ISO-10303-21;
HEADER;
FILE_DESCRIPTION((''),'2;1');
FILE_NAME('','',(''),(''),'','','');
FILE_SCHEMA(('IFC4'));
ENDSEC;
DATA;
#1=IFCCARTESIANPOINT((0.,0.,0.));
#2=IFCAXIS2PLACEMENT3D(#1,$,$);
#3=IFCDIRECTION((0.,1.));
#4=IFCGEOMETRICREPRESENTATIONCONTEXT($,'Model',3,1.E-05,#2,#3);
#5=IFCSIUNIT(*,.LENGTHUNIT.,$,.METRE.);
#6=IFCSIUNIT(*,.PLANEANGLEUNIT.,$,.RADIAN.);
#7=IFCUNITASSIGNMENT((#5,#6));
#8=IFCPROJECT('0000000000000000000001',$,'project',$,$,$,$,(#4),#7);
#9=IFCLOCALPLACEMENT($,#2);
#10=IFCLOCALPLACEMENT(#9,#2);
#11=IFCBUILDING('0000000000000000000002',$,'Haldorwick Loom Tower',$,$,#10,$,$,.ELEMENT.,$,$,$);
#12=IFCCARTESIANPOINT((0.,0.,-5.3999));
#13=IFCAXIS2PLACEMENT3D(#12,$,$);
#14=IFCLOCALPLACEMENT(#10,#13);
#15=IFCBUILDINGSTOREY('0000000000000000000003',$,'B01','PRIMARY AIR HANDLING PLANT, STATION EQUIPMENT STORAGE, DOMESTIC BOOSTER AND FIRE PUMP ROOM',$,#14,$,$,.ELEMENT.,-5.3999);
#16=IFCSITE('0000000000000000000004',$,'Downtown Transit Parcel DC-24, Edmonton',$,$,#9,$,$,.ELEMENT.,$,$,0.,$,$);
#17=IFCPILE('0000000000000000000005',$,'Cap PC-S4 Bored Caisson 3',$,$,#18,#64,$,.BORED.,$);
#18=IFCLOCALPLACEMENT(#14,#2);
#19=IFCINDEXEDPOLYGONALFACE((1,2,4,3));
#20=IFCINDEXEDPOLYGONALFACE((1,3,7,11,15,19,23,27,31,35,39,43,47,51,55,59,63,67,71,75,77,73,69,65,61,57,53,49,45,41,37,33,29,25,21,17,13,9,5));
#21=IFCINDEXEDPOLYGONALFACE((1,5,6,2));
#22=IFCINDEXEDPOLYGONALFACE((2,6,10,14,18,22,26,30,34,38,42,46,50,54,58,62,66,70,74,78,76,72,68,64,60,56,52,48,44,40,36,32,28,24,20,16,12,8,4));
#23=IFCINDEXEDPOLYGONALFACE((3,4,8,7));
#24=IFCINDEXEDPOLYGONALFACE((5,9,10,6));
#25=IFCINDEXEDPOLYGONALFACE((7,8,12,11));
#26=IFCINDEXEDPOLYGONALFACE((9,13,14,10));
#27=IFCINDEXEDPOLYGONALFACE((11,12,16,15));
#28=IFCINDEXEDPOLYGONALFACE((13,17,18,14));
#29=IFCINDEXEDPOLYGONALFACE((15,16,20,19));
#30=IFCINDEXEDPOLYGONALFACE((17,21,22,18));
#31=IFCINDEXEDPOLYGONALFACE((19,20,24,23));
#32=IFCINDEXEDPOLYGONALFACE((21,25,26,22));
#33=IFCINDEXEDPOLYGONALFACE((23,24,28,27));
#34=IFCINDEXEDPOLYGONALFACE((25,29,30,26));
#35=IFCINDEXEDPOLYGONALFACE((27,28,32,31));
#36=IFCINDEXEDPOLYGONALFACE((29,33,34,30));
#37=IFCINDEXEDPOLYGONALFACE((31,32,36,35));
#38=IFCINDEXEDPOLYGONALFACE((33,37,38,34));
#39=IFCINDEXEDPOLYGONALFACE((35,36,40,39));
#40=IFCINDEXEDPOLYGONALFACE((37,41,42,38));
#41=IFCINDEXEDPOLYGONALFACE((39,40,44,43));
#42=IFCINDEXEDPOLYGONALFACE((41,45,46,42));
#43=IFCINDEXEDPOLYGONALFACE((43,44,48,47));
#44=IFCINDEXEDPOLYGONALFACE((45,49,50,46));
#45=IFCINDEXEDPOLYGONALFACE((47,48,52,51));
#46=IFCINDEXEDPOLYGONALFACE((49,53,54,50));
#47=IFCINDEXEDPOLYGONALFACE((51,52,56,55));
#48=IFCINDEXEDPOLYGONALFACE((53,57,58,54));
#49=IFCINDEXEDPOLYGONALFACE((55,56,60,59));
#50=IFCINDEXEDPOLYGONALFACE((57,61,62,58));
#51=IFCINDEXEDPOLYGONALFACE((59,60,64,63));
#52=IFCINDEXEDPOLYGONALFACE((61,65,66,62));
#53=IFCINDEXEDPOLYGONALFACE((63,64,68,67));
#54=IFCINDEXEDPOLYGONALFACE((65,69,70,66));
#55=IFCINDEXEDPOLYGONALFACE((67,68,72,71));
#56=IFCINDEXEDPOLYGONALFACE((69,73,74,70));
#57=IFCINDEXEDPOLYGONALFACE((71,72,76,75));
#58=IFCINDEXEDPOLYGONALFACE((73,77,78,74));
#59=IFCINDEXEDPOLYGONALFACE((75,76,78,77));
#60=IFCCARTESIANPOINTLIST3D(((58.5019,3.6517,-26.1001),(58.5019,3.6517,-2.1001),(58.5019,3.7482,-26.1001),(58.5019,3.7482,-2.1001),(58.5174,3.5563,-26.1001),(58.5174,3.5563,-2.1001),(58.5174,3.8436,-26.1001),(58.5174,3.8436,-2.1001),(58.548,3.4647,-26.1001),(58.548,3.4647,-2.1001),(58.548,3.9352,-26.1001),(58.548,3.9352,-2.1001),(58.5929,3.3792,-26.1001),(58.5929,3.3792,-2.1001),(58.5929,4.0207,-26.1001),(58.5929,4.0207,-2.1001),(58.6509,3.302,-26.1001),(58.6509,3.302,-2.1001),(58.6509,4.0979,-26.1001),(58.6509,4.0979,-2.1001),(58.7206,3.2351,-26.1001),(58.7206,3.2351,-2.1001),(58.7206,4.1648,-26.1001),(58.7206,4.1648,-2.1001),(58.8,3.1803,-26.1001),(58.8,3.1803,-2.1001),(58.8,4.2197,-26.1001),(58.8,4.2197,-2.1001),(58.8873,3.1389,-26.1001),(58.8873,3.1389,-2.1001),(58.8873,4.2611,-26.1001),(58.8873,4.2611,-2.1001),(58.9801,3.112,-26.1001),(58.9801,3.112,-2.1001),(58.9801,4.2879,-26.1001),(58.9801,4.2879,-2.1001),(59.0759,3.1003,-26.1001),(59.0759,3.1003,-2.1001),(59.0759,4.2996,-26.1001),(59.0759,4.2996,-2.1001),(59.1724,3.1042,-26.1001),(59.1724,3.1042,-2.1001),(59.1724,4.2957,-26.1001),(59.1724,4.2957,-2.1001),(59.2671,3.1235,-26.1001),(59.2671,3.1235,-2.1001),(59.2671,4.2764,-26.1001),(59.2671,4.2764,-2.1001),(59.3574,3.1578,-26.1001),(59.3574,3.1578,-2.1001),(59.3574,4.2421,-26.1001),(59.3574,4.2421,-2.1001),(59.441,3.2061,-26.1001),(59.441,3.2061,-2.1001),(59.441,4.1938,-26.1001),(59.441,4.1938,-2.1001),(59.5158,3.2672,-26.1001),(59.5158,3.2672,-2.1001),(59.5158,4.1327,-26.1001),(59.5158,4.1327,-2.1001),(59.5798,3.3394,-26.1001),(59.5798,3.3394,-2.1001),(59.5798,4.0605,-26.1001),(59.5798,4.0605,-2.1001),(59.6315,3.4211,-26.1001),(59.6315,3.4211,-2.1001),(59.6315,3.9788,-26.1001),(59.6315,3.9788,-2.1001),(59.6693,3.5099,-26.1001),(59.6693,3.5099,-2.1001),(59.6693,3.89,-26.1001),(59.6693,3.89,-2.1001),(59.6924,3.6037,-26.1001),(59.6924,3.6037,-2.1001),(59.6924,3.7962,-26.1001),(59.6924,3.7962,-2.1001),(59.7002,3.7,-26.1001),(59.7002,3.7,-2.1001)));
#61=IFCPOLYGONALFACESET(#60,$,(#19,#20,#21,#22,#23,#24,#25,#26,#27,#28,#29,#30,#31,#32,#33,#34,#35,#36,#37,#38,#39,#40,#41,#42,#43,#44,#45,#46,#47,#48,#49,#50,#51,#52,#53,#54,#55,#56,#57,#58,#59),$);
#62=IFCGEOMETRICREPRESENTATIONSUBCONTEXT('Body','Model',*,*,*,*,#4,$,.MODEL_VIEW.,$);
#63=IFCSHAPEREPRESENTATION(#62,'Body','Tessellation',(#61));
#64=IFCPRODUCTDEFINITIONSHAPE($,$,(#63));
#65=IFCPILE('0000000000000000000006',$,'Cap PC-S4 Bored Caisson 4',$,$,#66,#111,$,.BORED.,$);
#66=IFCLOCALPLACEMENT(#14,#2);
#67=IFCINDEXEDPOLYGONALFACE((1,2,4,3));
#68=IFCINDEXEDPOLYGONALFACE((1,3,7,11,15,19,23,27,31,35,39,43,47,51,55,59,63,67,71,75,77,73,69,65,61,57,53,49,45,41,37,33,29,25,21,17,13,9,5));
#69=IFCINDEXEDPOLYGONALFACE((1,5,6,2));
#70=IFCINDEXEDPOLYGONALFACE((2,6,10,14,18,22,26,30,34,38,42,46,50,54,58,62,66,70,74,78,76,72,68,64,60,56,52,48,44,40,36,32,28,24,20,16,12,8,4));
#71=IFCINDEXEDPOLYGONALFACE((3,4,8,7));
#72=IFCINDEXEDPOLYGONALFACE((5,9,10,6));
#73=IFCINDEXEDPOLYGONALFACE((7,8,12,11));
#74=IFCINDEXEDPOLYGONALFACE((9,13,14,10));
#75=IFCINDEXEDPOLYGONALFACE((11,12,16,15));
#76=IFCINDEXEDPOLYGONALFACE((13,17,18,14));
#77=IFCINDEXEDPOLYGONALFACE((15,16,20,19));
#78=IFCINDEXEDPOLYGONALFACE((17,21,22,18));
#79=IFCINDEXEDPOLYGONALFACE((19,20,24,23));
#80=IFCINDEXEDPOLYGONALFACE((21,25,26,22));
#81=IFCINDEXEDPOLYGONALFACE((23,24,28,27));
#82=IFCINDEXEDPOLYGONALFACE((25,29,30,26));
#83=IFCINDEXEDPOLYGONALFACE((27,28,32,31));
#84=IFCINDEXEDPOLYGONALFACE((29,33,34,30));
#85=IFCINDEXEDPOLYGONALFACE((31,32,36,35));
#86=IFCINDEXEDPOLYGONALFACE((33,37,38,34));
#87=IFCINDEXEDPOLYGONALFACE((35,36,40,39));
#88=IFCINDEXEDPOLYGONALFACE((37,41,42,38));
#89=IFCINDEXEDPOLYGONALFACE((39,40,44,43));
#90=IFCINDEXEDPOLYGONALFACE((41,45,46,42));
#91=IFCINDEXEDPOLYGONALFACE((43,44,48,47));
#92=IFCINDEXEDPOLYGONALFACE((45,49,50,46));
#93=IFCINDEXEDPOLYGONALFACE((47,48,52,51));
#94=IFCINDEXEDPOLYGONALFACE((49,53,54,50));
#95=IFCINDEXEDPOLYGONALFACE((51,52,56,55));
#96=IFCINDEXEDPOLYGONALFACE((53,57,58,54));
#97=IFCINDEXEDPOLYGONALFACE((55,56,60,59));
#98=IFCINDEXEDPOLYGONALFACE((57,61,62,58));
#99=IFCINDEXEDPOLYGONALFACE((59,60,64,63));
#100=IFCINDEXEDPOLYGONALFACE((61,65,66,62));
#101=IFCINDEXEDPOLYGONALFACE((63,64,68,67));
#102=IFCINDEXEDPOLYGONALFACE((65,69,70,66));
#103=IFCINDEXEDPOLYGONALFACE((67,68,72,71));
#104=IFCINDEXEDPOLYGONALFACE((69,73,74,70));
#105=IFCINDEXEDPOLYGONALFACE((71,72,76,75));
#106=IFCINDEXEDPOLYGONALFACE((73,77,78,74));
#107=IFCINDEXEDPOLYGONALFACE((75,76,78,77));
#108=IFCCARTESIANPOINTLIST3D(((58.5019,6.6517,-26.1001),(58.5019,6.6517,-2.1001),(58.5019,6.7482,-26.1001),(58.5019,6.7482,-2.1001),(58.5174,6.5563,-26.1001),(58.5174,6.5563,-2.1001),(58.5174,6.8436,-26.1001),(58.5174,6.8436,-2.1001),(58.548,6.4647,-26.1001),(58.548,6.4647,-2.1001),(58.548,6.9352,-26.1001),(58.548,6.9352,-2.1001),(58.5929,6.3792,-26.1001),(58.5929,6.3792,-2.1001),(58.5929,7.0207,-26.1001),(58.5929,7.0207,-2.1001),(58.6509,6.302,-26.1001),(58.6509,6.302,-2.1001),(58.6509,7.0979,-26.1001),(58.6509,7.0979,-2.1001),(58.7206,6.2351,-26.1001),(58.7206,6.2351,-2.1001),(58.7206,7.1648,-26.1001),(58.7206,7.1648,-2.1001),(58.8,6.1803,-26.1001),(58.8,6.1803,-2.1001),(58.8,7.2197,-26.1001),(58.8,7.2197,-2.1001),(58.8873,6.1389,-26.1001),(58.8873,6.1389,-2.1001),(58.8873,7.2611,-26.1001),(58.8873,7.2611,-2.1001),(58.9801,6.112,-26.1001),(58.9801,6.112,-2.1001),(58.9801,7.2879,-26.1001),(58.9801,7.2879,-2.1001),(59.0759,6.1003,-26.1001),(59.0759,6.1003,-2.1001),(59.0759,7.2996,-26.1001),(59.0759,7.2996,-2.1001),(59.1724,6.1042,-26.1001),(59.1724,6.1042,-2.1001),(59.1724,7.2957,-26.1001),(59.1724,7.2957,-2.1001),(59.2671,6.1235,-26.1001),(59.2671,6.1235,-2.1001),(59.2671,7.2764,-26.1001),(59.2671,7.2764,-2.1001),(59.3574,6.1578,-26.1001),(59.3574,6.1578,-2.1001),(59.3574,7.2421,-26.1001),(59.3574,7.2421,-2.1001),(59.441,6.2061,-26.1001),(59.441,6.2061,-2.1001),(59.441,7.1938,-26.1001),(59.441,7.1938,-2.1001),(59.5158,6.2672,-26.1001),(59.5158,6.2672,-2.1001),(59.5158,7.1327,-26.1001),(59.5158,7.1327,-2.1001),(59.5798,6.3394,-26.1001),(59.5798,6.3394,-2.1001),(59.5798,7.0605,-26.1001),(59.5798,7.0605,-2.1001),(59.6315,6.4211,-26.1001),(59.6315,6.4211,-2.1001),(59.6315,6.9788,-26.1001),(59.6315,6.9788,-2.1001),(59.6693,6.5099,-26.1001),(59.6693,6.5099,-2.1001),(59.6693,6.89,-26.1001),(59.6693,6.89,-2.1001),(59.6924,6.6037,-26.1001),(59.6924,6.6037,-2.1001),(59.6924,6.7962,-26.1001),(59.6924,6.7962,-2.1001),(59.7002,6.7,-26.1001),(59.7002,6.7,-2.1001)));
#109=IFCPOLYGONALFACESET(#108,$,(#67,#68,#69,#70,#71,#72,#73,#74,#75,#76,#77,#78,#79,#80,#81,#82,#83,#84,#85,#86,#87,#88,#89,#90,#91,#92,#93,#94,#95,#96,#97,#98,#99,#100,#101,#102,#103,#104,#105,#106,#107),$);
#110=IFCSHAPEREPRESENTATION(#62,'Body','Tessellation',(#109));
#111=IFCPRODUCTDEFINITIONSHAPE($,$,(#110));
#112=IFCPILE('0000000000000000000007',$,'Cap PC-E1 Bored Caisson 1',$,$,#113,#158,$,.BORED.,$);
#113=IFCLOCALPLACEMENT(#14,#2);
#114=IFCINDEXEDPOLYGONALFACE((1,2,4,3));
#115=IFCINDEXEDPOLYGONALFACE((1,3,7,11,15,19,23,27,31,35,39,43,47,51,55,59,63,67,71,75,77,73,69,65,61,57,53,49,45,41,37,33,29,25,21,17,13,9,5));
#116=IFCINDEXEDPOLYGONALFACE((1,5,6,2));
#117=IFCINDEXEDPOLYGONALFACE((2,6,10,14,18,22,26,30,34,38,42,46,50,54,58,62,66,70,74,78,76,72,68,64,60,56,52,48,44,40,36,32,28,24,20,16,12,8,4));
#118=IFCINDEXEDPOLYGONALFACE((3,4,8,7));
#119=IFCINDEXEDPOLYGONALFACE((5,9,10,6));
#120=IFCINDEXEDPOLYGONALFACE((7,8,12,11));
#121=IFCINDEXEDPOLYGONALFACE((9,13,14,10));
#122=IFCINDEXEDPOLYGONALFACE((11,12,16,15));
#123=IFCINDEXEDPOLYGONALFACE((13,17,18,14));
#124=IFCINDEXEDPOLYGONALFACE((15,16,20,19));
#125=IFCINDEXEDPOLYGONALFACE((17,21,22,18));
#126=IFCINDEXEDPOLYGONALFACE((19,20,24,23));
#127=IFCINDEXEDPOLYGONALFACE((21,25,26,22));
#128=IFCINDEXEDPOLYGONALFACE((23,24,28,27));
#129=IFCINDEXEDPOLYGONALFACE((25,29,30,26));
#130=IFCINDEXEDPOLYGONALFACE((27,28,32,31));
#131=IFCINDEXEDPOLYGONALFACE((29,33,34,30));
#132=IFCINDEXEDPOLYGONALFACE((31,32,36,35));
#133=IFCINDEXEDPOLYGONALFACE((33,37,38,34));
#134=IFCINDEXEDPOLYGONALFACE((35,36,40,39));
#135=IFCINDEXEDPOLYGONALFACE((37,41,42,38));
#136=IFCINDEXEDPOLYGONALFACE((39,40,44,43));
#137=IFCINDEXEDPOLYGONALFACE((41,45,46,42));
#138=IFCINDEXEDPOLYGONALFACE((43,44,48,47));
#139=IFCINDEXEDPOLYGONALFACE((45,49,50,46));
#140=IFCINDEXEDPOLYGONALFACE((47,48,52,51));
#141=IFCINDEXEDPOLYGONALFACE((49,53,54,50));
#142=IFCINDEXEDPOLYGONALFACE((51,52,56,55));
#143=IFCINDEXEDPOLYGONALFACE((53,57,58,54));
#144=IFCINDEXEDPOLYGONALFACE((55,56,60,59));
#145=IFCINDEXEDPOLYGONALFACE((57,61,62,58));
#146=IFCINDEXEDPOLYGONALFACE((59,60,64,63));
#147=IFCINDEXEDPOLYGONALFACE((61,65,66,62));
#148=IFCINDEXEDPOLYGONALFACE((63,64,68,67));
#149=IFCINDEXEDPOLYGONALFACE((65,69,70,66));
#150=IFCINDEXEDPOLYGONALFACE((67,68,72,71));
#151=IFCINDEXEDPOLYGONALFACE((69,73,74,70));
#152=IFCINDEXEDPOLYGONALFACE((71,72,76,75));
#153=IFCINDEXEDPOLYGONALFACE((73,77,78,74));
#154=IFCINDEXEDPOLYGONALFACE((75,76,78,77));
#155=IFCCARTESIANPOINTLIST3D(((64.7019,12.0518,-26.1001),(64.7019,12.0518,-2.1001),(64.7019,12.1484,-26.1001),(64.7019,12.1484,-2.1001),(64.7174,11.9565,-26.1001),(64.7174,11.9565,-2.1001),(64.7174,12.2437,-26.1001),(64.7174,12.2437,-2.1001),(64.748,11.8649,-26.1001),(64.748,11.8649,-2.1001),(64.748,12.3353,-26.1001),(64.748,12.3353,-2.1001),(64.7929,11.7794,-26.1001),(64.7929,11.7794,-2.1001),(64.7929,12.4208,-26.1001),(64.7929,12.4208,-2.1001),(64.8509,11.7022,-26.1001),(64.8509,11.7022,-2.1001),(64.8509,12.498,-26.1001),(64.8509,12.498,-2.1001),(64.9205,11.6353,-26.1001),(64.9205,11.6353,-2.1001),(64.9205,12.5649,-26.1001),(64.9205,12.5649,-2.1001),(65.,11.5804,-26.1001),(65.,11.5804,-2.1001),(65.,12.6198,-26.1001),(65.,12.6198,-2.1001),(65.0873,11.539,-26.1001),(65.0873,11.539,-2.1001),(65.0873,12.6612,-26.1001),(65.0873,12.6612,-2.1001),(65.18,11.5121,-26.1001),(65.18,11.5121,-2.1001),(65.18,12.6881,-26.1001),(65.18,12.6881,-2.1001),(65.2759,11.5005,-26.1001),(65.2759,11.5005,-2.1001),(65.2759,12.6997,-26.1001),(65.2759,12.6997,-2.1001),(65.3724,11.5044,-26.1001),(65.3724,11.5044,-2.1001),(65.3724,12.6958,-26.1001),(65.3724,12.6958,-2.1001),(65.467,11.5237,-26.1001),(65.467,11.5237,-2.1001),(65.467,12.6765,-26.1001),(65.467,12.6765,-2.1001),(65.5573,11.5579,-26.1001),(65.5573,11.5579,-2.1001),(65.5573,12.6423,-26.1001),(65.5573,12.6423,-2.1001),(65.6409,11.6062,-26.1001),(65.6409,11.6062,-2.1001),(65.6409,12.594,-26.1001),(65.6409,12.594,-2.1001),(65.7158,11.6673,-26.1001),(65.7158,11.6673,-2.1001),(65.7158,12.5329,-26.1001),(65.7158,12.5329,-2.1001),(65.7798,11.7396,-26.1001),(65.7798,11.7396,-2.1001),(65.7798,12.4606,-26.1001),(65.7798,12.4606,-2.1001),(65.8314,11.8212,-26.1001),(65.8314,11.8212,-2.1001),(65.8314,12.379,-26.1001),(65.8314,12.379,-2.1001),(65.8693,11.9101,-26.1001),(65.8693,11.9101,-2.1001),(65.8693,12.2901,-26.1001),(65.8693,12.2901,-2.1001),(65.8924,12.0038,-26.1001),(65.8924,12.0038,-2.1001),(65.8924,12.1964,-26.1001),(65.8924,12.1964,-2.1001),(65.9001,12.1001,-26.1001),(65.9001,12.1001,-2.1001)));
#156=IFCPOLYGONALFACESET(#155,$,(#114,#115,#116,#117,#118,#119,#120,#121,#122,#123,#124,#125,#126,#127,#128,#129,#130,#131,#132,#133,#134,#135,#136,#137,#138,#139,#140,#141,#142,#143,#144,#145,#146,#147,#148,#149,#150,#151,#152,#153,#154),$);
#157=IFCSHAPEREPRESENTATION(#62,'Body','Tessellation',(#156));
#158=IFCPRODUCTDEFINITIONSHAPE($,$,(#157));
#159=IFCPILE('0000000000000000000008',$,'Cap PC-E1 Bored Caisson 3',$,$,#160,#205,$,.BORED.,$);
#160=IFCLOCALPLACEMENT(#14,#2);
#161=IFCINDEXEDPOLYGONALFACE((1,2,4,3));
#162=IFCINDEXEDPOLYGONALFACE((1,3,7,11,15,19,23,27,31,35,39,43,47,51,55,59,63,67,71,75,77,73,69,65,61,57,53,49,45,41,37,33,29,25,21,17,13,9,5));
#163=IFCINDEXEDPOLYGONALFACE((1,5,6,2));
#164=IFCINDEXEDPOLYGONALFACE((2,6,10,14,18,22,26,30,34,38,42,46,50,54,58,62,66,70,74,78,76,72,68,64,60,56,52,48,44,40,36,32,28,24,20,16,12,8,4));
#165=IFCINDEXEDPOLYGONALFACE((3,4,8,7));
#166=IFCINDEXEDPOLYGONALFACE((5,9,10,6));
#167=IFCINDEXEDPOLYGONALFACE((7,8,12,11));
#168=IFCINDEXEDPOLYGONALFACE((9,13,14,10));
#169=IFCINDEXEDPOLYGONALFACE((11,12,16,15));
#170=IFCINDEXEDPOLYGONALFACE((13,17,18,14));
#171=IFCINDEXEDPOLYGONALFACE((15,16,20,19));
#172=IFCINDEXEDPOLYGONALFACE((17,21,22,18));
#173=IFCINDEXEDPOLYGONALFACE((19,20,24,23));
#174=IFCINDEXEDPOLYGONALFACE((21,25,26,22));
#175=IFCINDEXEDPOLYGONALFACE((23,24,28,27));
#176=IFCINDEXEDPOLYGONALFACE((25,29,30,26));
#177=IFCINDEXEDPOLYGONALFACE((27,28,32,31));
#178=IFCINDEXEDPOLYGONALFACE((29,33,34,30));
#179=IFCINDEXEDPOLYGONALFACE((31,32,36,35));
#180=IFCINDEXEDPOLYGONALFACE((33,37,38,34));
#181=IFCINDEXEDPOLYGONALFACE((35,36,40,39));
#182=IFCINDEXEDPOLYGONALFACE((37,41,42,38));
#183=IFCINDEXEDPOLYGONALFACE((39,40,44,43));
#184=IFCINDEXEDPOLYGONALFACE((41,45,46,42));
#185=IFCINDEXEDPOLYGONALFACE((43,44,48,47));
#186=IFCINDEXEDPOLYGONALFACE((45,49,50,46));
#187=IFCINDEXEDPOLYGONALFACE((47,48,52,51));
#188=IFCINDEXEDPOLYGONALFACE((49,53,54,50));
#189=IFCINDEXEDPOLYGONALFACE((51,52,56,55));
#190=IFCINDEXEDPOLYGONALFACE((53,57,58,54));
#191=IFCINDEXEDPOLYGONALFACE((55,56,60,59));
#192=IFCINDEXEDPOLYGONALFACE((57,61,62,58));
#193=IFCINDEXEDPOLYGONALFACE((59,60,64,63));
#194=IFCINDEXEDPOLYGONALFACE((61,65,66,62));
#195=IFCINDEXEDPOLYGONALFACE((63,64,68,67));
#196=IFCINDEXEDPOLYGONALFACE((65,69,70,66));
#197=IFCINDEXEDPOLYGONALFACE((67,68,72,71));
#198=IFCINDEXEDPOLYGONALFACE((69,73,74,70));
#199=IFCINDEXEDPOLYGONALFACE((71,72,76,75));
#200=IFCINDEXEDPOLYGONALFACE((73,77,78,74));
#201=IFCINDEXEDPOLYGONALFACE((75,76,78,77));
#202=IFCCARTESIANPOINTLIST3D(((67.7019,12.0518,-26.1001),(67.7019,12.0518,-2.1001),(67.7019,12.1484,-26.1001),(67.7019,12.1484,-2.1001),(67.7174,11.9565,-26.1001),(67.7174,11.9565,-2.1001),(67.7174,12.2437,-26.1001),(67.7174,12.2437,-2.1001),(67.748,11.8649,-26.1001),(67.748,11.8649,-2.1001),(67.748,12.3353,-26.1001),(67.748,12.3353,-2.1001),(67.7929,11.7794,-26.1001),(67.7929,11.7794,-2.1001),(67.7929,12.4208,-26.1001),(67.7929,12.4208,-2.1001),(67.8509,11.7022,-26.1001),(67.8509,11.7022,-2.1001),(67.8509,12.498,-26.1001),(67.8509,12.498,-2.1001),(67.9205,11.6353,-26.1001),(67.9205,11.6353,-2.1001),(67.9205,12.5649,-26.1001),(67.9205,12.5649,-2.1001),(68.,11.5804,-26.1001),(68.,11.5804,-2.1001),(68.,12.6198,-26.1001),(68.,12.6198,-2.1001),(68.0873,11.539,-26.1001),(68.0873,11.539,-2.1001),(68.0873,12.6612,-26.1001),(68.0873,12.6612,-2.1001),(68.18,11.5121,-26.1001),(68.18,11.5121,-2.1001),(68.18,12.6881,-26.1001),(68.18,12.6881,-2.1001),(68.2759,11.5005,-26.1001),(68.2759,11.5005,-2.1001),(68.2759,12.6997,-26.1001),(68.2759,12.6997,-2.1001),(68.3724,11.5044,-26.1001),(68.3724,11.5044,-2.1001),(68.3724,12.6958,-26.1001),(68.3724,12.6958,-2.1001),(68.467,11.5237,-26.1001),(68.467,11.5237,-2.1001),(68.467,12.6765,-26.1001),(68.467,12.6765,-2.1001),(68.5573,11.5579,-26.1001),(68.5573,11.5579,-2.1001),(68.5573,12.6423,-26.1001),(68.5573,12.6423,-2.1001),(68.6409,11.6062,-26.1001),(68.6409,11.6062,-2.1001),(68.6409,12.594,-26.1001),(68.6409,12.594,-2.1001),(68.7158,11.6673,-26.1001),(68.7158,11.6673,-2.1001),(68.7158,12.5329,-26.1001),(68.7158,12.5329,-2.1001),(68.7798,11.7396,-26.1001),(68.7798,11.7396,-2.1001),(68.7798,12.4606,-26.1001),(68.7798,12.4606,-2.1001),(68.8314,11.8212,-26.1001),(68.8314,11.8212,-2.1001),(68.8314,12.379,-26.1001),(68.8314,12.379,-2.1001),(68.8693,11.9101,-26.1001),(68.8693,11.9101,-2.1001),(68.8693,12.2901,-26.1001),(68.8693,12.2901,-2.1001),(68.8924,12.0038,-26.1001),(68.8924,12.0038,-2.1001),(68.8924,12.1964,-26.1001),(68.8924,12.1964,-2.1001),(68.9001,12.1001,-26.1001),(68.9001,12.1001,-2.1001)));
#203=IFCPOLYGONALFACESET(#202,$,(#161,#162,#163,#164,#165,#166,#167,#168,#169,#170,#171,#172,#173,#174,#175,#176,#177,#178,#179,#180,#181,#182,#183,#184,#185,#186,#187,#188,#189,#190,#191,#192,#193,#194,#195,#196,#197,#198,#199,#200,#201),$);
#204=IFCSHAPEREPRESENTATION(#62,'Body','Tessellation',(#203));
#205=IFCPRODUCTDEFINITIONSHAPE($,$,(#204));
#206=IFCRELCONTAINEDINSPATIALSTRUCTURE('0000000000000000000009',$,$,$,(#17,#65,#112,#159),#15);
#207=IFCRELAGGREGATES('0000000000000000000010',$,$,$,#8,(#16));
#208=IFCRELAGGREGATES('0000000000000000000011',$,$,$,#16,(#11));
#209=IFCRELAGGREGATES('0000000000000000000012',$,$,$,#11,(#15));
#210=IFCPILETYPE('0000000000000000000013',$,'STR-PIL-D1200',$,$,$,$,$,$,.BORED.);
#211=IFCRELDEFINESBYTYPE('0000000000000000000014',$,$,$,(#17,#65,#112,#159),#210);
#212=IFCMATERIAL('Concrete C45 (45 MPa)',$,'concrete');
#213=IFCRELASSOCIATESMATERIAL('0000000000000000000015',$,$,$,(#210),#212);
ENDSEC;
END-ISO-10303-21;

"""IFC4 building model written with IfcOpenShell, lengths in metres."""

from ifc_helpers import new_model, si_unit, direction, frame, origin, origin_2d, place, context, subcontext, project, spatial, circle, extrude, material, material_profile, profile_set, type_object, element, save


model = new_model("IFC4")

# Units and contexts
model_context = context("Model", 3, precision=1e-05, world=origin(), true_north=direction((0.0, 1.0)))
body_context = subcontext(model_context, "Body", "Model", "MODEL_VIEW")
ifc_project = project(units=[si_unit("LENGTHUNIT", "METRE"), si_unit("PLANEANGLEUNIT", "RADIAN")], contexts=[model_context])

# Site, building, storey
site_placement = place(None, origin())
site = spatial("IfcSite", under=ifc_project, at=site_placement, Name="Downtown Transit Parcel DC-24, Edmonton", CompositionType="ELEMENT", RefElevation=0.0)
building_placement = place(site_placement, origin())
building = spatial("IfcBuilding", under=site, at=building_placement, Name="Haldorwick Loom Tower", CompositionType="ELEMENT")
storey_placement = place(building_placement, frame((0.0, 0.0, -5.3999)))
storey = spatial("IfcBuildingStorey", under=building, at=storey_placement, Name="B01", Description="PRIMARY AIR HANDLING PLANT, STATION EQUIPMENT STORAGE, DOMESTIC BOOSTER AND FIRE PUMP ROOM", CompositionType="ELEMENT", Elevation=-5.3999)

# Shared definitions
ifc_material_1 = material(Name="Concrete C45 (45 MPa)", Category="concrete")

# Piles
ifc_material_profile_1 = material_profile(ifc_material_1, circle(Radius=0.6001, at=origin_2d()), Name="CAISSON_D1200", Category="concrete")
ifc_profile_set_1 = profile_set([ifc_material_profile_1], Name="Concrete C45 (45 MPa)")
pile_type = type_object("IfcPileType", Name="STR-PIL-D1200", PredefinedType="BORED", material=ifc_profile_set_1)
for number, where, z_axis, x_axis, name in (
    (1, (59.1001, 3.7, -2.1001), (0.0, 0.0, -1.0), (1.0, 0.0, 0.0), "Cap PC-S4 Bored Caisson 3"),
    (2, (59.1001, 6.7, -2.1001), (0.0, 0.0, -1.0), (1.0, 0.0, 0.0), "Cap PC-S4 Bored Caisson 4"),
    (3, (65.3, 12.1001, -2.1001), (0.0, 0.0, -1.0), (1.0, 0.0, 0.0), "Cap PC-E1 Bored Caisson 1"),
    (4, (68.3, 12.1001, -2.1001), (0.0, 0.0, -1.0), (1.0, 0.0, 0.0), "Cap PC-E1 Bored Caisson 3"),
):
    element("IfcPile", number, at=place(storey_placement, frame(where, z_axis=z_axis, x_axis=x_axis)), inside=storey, type_object=pile_type, Name=name, PredefinedType="BORED", context=body_context, shape_type="SweptSolid", body=[
        extrude(circle(Radius=0.6001, at=origin_2d()), origin(), (0.0, 0.0, 1.0), 24.0),
    ])

save(model, "model.ifc")
